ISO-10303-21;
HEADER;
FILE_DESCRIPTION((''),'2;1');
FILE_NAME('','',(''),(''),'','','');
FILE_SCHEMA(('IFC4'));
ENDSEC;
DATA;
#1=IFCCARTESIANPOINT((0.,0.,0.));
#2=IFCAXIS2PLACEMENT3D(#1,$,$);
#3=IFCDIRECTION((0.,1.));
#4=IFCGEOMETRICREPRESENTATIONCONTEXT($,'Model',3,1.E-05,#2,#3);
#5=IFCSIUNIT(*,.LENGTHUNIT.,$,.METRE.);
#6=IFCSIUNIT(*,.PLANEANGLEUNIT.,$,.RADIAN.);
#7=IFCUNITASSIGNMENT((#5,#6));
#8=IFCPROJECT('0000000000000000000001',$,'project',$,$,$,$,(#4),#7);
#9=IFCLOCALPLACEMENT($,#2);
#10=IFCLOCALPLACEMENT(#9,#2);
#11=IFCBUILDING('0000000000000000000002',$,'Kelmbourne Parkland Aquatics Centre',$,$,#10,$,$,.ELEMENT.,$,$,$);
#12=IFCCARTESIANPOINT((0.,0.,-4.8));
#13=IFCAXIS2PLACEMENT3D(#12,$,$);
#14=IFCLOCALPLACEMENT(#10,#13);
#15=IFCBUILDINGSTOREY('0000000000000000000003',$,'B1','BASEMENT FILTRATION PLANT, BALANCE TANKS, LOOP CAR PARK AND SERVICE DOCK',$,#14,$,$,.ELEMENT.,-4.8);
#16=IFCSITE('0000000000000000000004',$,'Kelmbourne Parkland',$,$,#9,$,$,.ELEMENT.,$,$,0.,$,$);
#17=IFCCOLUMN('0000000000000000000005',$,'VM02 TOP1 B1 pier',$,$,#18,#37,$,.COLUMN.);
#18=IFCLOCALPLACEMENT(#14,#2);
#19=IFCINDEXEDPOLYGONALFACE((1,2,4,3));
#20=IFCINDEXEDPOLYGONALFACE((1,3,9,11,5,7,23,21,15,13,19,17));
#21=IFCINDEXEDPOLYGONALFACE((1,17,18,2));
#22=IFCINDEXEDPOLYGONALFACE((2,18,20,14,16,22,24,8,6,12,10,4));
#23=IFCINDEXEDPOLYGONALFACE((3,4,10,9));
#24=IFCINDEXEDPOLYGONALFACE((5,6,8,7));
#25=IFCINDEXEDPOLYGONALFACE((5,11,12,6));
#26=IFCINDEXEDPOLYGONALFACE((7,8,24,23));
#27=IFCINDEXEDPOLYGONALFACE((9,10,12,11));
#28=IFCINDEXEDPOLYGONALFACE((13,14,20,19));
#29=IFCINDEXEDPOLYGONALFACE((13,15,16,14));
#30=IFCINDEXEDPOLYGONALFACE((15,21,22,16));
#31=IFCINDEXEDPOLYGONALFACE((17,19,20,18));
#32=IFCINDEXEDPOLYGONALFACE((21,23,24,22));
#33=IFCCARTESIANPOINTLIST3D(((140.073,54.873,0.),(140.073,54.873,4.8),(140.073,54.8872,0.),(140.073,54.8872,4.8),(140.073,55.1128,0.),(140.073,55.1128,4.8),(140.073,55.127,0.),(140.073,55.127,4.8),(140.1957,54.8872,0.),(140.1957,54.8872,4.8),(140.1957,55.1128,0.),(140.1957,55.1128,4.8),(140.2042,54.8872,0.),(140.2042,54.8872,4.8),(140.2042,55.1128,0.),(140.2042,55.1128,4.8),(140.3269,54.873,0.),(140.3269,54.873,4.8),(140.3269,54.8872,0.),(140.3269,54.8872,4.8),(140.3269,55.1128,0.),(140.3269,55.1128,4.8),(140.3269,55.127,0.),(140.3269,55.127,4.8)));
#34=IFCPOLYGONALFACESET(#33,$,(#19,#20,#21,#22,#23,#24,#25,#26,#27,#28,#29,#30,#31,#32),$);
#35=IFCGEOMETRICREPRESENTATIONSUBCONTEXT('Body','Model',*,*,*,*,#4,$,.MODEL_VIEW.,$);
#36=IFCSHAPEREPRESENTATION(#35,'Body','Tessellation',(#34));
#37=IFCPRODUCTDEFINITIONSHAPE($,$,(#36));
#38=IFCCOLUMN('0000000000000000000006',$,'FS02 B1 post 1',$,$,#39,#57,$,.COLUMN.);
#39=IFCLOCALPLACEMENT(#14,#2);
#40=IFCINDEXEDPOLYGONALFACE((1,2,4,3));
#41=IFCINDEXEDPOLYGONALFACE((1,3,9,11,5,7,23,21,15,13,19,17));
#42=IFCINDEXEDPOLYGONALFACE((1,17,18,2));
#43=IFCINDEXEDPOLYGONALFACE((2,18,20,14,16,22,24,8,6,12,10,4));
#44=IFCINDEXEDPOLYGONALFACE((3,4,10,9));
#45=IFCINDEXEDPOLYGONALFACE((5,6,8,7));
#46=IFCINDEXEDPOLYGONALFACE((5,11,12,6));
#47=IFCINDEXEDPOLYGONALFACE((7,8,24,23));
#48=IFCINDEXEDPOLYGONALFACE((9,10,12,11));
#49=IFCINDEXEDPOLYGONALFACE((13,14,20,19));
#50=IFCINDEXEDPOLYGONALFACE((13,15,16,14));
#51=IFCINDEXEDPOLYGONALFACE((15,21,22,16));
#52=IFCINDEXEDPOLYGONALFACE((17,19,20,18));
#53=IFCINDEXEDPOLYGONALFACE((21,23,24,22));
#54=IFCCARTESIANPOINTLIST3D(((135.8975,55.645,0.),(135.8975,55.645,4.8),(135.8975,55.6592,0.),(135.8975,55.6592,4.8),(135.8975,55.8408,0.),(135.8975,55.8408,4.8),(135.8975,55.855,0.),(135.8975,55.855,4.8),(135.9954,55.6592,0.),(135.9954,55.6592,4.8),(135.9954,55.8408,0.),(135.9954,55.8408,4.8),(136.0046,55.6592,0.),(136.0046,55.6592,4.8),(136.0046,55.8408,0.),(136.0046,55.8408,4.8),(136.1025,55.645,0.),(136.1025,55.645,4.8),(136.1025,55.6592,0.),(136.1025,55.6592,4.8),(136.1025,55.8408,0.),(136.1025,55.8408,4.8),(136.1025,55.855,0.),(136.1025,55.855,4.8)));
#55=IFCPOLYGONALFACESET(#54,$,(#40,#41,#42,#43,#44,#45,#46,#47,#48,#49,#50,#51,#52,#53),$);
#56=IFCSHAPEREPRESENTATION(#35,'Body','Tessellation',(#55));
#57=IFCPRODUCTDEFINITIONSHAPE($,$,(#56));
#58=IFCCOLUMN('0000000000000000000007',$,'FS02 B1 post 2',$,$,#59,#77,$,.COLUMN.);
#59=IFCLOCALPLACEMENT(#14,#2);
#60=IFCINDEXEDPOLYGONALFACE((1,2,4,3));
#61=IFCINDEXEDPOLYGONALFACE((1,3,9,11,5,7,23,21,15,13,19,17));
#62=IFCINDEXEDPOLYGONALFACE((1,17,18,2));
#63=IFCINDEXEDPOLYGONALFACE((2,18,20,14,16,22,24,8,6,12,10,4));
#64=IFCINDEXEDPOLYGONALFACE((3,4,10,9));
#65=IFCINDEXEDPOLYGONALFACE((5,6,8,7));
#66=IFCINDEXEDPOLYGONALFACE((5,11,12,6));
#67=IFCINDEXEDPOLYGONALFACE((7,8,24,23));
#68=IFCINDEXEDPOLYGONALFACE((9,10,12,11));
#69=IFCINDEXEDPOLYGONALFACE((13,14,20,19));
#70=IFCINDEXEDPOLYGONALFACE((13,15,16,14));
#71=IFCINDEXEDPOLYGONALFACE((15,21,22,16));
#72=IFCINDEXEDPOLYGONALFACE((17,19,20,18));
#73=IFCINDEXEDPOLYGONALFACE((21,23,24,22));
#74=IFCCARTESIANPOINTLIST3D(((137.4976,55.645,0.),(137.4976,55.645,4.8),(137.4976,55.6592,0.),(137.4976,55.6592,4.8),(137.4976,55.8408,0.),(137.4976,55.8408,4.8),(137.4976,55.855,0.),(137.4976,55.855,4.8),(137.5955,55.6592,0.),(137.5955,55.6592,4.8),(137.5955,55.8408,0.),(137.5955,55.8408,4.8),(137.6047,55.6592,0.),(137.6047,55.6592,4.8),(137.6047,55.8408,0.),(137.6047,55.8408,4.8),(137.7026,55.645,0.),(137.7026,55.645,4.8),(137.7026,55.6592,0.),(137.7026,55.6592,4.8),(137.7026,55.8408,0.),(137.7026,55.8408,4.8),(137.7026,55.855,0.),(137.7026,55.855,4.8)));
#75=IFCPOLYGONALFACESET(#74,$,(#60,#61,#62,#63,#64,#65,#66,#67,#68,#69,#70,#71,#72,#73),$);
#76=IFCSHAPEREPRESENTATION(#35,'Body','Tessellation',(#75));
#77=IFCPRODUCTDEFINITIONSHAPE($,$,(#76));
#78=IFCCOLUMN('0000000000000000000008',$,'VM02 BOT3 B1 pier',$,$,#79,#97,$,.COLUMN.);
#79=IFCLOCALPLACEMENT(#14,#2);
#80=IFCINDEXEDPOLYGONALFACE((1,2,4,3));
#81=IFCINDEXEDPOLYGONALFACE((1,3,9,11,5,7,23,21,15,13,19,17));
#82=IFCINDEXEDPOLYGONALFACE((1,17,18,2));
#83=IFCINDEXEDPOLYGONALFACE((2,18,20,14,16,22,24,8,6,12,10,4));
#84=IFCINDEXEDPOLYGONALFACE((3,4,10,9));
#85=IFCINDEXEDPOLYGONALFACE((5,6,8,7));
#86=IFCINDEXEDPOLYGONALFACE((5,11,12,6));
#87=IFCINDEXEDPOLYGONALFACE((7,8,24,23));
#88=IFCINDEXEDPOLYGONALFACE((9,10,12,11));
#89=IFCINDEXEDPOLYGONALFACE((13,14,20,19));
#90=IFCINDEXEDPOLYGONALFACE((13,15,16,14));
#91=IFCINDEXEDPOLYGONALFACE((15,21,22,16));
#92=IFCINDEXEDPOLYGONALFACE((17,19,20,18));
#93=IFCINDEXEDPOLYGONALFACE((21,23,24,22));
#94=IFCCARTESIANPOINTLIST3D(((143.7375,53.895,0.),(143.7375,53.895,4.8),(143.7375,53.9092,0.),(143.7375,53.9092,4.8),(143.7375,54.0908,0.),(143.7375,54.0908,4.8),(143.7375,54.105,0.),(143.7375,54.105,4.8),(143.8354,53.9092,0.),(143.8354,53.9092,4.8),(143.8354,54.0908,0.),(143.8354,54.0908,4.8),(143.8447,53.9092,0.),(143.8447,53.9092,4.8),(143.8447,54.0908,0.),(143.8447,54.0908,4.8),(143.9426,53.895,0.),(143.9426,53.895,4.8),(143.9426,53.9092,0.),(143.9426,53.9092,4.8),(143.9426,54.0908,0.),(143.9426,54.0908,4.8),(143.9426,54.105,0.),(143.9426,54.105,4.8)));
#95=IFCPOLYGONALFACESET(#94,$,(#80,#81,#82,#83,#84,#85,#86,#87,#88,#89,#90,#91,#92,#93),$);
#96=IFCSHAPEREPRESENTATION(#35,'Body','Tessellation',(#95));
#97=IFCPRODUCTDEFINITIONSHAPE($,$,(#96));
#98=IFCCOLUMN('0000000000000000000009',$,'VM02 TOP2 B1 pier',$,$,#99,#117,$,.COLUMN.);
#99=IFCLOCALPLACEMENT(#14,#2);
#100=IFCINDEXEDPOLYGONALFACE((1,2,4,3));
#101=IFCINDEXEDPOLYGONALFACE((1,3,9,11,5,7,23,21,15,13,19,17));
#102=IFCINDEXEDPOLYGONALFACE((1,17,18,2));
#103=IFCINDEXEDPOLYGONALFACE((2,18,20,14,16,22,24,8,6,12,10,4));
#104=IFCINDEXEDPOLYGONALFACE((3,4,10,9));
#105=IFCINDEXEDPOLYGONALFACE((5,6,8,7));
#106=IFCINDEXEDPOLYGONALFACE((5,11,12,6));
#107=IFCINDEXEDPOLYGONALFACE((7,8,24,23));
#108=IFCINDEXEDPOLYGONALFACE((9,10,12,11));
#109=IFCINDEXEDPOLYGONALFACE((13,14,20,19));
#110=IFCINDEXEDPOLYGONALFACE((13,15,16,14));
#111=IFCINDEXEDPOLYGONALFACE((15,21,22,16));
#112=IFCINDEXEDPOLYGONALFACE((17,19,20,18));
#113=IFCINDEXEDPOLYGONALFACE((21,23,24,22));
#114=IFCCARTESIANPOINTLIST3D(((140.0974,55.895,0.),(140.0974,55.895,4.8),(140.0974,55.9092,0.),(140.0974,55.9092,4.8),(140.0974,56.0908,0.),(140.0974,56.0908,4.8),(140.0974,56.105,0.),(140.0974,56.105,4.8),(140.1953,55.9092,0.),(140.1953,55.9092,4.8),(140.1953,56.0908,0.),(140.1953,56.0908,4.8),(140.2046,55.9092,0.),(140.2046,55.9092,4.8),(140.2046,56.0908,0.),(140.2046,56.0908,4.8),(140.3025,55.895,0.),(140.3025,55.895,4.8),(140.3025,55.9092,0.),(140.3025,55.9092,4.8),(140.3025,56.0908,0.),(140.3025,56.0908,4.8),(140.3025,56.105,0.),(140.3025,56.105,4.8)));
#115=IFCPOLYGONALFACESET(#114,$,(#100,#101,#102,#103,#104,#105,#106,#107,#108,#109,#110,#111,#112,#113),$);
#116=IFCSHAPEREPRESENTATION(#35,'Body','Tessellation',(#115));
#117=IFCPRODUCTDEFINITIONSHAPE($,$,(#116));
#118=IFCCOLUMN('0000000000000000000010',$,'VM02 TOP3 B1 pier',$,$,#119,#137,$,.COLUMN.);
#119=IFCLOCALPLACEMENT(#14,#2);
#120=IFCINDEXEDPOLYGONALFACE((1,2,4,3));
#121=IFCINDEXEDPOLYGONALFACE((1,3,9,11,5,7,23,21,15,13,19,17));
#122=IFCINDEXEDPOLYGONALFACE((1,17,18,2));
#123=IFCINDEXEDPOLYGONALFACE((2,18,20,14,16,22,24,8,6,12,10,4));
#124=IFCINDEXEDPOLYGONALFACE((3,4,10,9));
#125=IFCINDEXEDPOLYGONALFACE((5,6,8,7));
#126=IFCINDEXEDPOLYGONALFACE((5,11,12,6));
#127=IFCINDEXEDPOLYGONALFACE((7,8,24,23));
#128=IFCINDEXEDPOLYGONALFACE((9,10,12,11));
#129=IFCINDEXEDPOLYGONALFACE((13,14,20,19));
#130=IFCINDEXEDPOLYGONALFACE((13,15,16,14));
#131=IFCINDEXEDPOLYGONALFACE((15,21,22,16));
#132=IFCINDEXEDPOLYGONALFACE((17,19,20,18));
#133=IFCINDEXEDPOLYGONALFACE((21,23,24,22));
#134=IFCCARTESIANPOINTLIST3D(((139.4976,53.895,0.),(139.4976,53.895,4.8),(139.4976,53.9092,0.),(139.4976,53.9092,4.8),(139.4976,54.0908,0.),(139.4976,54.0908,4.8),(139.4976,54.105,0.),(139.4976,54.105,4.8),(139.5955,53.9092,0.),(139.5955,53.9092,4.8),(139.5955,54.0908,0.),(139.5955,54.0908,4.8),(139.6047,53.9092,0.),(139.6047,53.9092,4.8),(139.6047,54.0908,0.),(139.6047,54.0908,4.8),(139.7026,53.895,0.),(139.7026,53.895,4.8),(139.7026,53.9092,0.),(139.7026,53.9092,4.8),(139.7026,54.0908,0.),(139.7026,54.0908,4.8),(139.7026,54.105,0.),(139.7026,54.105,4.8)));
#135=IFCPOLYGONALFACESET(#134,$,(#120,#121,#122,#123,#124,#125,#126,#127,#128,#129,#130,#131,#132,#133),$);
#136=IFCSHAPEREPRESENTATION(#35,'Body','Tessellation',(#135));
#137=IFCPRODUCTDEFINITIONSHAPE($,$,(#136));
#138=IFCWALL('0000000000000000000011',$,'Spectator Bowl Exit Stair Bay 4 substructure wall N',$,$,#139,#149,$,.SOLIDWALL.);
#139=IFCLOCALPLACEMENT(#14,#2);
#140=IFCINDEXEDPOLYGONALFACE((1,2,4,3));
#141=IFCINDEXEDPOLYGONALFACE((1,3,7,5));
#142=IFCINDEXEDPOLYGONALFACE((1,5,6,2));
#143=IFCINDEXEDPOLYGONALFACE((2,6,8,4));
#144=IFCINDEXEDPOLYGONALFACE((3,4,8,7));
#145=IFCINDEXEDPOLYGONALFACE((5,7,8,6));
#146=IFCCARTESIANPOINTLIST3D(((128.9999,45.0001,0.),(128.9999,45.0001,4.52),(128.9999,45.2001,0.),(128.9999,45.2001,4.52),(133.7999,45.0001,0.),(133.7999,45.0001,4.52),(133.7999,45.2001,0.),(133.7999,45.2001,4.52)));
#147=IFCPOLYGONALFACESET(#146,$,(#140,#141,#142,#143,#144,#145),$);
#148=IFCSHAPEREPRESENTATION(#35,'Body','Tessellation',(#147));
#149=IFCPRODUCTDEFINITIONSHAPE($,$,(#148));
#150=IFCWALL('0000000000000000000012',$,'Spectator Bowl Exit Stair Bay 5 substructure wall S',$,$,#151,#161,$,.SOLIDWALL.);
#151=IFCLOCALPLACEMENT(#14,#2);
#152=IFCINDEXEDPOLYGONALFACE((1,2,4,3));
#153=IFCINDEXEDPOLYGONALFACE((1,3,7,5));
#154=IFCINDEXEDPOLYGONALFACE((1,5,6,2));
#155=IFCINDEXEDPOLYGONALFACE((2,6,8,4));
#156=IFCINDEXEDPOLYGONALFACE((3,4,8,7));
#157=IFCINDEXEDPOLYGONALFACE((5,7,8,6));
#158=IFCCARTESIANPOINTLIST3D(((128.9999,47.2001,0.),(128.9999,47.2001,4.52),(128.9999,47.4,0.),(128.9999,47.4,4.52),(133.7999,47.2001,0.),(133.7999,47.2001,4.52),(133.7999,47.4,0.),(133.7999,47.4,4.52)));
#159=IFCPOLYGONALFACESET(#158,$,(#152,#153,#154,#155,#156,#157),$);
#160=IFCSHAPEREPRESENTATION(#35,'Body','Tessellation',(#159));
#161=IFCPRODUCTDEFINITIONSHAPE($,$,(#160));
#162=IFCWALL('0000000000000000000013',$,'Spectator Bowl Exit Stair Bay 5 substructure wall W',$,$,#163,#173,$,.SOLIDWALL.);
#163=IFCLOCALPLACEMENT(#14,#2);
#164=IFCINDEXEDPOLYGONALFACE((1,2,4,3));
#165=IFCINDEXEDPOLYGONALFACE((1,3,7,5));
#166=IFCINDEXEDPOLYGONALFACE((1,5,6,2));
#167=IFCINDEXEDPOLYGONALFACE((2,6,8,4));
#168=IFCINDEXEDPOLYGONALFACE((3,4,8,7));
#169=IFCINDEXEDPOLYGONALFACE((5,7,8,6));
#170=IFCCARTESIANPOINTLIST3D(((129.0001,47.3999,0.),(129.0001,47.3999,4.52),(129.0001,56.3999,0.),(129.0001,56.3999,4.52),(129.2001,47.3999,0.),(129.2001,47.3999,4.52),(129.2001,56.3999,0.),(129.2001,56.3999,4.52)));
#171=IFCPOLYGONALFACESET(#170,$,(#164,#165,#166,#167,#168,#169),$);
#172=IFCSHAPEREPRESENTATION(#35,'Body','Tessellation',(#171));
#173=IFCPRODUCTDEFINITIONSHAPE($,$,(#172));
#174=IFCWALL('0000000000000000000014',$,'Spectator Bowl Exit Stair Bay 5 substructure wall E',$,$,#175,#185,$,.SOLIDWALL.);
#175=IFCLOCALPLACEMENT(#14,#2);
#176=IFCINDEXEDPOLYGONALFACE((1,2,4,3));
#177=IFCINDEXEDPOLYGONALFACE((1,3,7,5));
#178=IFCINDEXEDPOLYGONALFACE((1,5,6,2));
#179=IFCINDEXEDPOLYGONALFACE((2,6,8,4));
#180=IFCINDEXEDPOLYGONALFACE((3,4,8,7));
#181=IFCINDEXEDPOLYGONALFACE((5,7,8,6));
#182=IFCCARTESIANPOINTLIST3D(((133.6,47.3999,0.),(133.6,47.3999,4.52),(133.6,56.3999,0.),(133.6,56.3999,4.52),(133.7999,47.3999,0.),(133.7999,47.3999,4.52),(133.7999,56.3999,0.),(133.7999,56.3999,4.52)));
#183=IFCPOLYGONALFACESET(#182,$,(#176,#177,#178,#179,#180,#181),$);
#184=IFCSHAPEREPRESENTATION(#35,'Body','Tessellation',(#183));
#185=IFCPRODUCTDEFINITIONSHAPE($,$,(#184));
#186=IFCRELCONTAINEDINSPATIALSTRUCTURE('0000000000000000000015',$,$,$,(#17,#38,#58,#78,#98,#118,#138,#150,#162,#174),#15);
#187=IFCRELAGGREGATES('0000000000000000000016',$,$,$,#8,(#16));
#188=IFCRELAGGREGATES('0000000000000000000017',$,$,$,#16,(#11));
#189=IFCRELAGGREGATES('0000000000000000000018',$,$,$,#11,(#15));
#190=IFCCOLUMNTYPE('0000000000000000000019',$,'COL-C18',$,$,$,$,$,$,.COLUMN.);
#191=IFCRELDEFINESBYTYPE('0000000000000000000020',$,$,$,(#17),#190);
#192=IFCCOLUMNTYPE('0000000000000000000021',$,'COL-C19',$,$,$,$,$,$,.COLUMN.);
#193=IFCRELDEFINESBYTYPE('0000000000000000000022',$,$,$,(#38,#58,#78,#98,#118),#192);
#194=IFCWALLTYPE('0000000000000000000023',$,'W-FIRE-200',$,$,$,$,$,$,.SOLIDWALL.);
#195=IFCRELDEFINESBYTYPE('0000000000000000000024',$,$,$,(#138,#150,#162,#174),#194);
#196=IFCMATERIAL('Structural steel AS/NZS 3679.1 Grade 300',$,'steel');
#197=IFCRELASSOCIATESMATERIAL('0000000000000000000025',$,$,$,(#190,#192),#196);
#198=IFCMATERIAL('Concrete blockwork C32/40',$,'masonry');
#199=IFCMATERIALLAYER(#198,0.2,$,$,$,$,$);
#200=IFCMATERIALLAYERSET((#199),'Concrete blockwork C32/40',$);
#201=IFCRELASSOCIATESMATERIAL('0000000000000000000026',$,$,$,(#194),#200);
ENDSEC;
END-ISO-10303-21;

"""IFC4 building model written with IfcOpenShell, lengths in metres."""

from ifc_helpers import new_model, si_unit, direction, frame, frame_2d, origin, origin_2d, place, context, subcontext, project, spatial, rectangle, i_section, extrude, material, layer, layer_set, material_profile, profile_set, type_object, element, save


model = new_model("IFC4")

# Units and contexts
model_context = context("Model", 3, precision=1e-05, world=origin(), true_north=direction((0.0, 1.0)))
body_context = subcontext(model_context, "Body", "Model", "MODEL_VIEW")
ifc_project = project(units=[si_unit("LENGTHUNIT", "METRE"), si_unit("PLANEANGLEUNIT", "RADIAN")], contexts=[model_context])

# Site, building, storey
site_placement = place(None, origin())
site = spatial("IfcSite", under=ifc_project, at=site_placement, Name="Kelmbourne Parkland", CompositionType="ELEMENT", RefElevation=0.0)
building_placement = place(site_placement, origin())
building = spatial("IfcBuilding", under=site, at=building_placement, Name="Kelmbourne Parkland Aquatics Centre", CompositionType="ELEMENT")
storey_placement = place(building_placement, frame((0.0, 0.0, -4.8)))
storey = spatial("IfcBuildingStorey", under=building, at=storey_placement, Name="B1", Description="BASEMENT FILTRATION PLANT, BALANCE TANKS, LOOP CAR PARK AND SERVICE DOCK", CompositionType="ELEMENT", Elevation=-4.8)

# Columns
ifc_material_1 = material(Name="Structural steel AS/NZS 3679.1 Grade 300", Category="steel")
ifc_material_profile_1 = material_profile(ifc_material_1, i_section(OverallWidth=0.2539, OverallDepth=0.2539, WebThickness=0.0085, FlangeThickness=0.0142, at=origin_2d()), Name="250UC72.9")
ifc_profile_set_1 = profile_set([ifc_material_profile_1], Name="Structural steel AS/NZS 3679.1 Grade 300")
column_type_1 = type_object("IfcColumnType", Name="COL-C18", PredefinedType="COLUMN", material=ifc_profile_set_1)
column_1_placement = place(storey_placement, frame((140.2, 55.0, 0.0), z_axis=(0.0, 0.0, 1.0), x_axis=(1.0, 0.0, 0.0)))
element("IfcColumn", 1, at=column_1_placement, inside=storey, type_object=column_type_1, Name="VM02 TOP1 B1 pier", PredefinedType="COLUMN", context=body_context, shape_type="SweptSolid", body=[
    extrude(i_section(OverallWidth=0.2539, OverallDepth=0.2539, WebThickness=0.0085, FlangeThickness=0.0142, at=origin_2d()), origin(), (0.0, 0.0, 1.0), 4.8),
])
ifc_material_profile_2 = material_profile(ifc_material_1, i_section(OverallWidth=0.2051, OverallDepth=0.21, WebThickness=0.0093, FlangeThickness=0.0142, at=origin_2d()), Name="200UC59.5")
ifc_profile_set_2 = profile_set([ifc_material_profile_2], Name="Structural steel AS/NZS 3679.1 Grade 300")
column_type_2 = type_object("IfcColumnType", Name="COL-C19", PredefinedType="COLUMN", material=ifc_profile_set_2)
for number, where, z_axis, x_axis, name in (
    (2, (136.0, 55.75, 0.0), (0.0, 0.0, 1.0), (1.0, 0.0, 0.0), "FS02 B1 post 1"),
    (3, (137.6001, 55.75, 0.0), (0.0, 0.0, 1.0), (1.0, 0.0, 0.0), "FS02 B1 post 2"),
    (4, (143.8401, 54.0, 0.0), (0.0, 0.0, 1.0), (1.0, 0.0, 0.0), "VM02 BOT3 B1 pier"),
    (5, (140.2, 56.0, 0.0), (0.0, 0.0, 1.0), (1.0, 0.0, 0.0), "VM02 TOP2 B1 pier"),
    (6, (139.6001, 54.0, 0.0), (0.0, 0.0, 1.0), (1.0, 0.0, 0.0), "VM02 TOP3 B1 pier"),
):
    element("IfcColumn", number, at=place(storey_placement, frame(where, z_axis=z_axis, x_axis=x_axis)), inside=storey, type_object=column_type_2, Name=name, PredefinedType="COLUMN", context=body_context, shape_type="SweptSolid", body=[
        extrude(i_section(OverallWidth=0.2051, OverallDepth=0.21, WebThickness=0.0093, FlangeThickness=0.0142, at=origin_2d()), origin(), (0.0, 0.0, 1.0), 4.8),
    ])

# Walls
ifc_material_2 = material(Name="Concrete blockwork C32/40", Category="masonry")
ifc_layer = layer(ifc_material_2, 0.2)
ifc_layer_set = layer_set([ifc_layer], Name="Concrete blockwork C32/40")
wall_type = type_object("IfcWallType", Name="W-FIRE-200", PredefinedType="SOLIDWALL", material=ifc_layer_set)
for number, where, z_axis, x_axis, name in (
    (7, (129.0, 45.1001, 0.0), (0.0, 0.0, 1.0), (1.0, 0.0, 0.0), "Spectator Bowl Exit Stair Bay 4 substructure wall N"),
    (8, (129.0, 47.3, 0.0), (0.0, 0.0, 1.0), (1.0, 0.0, 0.0), "Spectator Bowl Exit Stair Bay 5 substructure wall S"),
):
    element("IfcWall", number, at=place(storey_placement, frame(where, z_axis=z_axis, x_axis=x_axis)), inside=storey, type_object=wall_type, Name=name, PredefinedType="SOLIDWALL", context=body_context, shape_type="SweptSolid", body=[
        extrude(rectangle(XDim=4.8, YDim=0.2, at=frame_2d((2.3999, 0.0))), origin(), (0.0, 0.0, 1.0), 4.52),
    ])
for number, where, z_axis, x_axis, name in (
    (9, (129.1001, 47.3999, 0.0), (0.0, 0.0, 1.0), (0.0, 1.0, 0.0), "Spectator Bowl Exit Stair Bay 5 substructure wall W"),
    (10, (133.7, 47.3999, 0.0), (0.0, 0.0, 1.0), (0.0, 1.0, 0.0), "Spectator Bowl Exit Stair Bay 5 substructure wall E"),
):
    element("IfcWall", number, at=place(storey_placement, frame(where, z_axis=z_axis, x_axis=x_axis)), inside=storey, type_object=wall_type, Name=name, PredefinedType="SOLIDWALL", context=body_context, shape_type="SweptSolid", body=[
        extrude(rectangle(XDim=9.0, YDim=0.2, at=frame_2d((4.5, 0.0))), origin(), (0.0, 0.0, 1.0), 4.52),
    ])

save(model, "model.ifc")
